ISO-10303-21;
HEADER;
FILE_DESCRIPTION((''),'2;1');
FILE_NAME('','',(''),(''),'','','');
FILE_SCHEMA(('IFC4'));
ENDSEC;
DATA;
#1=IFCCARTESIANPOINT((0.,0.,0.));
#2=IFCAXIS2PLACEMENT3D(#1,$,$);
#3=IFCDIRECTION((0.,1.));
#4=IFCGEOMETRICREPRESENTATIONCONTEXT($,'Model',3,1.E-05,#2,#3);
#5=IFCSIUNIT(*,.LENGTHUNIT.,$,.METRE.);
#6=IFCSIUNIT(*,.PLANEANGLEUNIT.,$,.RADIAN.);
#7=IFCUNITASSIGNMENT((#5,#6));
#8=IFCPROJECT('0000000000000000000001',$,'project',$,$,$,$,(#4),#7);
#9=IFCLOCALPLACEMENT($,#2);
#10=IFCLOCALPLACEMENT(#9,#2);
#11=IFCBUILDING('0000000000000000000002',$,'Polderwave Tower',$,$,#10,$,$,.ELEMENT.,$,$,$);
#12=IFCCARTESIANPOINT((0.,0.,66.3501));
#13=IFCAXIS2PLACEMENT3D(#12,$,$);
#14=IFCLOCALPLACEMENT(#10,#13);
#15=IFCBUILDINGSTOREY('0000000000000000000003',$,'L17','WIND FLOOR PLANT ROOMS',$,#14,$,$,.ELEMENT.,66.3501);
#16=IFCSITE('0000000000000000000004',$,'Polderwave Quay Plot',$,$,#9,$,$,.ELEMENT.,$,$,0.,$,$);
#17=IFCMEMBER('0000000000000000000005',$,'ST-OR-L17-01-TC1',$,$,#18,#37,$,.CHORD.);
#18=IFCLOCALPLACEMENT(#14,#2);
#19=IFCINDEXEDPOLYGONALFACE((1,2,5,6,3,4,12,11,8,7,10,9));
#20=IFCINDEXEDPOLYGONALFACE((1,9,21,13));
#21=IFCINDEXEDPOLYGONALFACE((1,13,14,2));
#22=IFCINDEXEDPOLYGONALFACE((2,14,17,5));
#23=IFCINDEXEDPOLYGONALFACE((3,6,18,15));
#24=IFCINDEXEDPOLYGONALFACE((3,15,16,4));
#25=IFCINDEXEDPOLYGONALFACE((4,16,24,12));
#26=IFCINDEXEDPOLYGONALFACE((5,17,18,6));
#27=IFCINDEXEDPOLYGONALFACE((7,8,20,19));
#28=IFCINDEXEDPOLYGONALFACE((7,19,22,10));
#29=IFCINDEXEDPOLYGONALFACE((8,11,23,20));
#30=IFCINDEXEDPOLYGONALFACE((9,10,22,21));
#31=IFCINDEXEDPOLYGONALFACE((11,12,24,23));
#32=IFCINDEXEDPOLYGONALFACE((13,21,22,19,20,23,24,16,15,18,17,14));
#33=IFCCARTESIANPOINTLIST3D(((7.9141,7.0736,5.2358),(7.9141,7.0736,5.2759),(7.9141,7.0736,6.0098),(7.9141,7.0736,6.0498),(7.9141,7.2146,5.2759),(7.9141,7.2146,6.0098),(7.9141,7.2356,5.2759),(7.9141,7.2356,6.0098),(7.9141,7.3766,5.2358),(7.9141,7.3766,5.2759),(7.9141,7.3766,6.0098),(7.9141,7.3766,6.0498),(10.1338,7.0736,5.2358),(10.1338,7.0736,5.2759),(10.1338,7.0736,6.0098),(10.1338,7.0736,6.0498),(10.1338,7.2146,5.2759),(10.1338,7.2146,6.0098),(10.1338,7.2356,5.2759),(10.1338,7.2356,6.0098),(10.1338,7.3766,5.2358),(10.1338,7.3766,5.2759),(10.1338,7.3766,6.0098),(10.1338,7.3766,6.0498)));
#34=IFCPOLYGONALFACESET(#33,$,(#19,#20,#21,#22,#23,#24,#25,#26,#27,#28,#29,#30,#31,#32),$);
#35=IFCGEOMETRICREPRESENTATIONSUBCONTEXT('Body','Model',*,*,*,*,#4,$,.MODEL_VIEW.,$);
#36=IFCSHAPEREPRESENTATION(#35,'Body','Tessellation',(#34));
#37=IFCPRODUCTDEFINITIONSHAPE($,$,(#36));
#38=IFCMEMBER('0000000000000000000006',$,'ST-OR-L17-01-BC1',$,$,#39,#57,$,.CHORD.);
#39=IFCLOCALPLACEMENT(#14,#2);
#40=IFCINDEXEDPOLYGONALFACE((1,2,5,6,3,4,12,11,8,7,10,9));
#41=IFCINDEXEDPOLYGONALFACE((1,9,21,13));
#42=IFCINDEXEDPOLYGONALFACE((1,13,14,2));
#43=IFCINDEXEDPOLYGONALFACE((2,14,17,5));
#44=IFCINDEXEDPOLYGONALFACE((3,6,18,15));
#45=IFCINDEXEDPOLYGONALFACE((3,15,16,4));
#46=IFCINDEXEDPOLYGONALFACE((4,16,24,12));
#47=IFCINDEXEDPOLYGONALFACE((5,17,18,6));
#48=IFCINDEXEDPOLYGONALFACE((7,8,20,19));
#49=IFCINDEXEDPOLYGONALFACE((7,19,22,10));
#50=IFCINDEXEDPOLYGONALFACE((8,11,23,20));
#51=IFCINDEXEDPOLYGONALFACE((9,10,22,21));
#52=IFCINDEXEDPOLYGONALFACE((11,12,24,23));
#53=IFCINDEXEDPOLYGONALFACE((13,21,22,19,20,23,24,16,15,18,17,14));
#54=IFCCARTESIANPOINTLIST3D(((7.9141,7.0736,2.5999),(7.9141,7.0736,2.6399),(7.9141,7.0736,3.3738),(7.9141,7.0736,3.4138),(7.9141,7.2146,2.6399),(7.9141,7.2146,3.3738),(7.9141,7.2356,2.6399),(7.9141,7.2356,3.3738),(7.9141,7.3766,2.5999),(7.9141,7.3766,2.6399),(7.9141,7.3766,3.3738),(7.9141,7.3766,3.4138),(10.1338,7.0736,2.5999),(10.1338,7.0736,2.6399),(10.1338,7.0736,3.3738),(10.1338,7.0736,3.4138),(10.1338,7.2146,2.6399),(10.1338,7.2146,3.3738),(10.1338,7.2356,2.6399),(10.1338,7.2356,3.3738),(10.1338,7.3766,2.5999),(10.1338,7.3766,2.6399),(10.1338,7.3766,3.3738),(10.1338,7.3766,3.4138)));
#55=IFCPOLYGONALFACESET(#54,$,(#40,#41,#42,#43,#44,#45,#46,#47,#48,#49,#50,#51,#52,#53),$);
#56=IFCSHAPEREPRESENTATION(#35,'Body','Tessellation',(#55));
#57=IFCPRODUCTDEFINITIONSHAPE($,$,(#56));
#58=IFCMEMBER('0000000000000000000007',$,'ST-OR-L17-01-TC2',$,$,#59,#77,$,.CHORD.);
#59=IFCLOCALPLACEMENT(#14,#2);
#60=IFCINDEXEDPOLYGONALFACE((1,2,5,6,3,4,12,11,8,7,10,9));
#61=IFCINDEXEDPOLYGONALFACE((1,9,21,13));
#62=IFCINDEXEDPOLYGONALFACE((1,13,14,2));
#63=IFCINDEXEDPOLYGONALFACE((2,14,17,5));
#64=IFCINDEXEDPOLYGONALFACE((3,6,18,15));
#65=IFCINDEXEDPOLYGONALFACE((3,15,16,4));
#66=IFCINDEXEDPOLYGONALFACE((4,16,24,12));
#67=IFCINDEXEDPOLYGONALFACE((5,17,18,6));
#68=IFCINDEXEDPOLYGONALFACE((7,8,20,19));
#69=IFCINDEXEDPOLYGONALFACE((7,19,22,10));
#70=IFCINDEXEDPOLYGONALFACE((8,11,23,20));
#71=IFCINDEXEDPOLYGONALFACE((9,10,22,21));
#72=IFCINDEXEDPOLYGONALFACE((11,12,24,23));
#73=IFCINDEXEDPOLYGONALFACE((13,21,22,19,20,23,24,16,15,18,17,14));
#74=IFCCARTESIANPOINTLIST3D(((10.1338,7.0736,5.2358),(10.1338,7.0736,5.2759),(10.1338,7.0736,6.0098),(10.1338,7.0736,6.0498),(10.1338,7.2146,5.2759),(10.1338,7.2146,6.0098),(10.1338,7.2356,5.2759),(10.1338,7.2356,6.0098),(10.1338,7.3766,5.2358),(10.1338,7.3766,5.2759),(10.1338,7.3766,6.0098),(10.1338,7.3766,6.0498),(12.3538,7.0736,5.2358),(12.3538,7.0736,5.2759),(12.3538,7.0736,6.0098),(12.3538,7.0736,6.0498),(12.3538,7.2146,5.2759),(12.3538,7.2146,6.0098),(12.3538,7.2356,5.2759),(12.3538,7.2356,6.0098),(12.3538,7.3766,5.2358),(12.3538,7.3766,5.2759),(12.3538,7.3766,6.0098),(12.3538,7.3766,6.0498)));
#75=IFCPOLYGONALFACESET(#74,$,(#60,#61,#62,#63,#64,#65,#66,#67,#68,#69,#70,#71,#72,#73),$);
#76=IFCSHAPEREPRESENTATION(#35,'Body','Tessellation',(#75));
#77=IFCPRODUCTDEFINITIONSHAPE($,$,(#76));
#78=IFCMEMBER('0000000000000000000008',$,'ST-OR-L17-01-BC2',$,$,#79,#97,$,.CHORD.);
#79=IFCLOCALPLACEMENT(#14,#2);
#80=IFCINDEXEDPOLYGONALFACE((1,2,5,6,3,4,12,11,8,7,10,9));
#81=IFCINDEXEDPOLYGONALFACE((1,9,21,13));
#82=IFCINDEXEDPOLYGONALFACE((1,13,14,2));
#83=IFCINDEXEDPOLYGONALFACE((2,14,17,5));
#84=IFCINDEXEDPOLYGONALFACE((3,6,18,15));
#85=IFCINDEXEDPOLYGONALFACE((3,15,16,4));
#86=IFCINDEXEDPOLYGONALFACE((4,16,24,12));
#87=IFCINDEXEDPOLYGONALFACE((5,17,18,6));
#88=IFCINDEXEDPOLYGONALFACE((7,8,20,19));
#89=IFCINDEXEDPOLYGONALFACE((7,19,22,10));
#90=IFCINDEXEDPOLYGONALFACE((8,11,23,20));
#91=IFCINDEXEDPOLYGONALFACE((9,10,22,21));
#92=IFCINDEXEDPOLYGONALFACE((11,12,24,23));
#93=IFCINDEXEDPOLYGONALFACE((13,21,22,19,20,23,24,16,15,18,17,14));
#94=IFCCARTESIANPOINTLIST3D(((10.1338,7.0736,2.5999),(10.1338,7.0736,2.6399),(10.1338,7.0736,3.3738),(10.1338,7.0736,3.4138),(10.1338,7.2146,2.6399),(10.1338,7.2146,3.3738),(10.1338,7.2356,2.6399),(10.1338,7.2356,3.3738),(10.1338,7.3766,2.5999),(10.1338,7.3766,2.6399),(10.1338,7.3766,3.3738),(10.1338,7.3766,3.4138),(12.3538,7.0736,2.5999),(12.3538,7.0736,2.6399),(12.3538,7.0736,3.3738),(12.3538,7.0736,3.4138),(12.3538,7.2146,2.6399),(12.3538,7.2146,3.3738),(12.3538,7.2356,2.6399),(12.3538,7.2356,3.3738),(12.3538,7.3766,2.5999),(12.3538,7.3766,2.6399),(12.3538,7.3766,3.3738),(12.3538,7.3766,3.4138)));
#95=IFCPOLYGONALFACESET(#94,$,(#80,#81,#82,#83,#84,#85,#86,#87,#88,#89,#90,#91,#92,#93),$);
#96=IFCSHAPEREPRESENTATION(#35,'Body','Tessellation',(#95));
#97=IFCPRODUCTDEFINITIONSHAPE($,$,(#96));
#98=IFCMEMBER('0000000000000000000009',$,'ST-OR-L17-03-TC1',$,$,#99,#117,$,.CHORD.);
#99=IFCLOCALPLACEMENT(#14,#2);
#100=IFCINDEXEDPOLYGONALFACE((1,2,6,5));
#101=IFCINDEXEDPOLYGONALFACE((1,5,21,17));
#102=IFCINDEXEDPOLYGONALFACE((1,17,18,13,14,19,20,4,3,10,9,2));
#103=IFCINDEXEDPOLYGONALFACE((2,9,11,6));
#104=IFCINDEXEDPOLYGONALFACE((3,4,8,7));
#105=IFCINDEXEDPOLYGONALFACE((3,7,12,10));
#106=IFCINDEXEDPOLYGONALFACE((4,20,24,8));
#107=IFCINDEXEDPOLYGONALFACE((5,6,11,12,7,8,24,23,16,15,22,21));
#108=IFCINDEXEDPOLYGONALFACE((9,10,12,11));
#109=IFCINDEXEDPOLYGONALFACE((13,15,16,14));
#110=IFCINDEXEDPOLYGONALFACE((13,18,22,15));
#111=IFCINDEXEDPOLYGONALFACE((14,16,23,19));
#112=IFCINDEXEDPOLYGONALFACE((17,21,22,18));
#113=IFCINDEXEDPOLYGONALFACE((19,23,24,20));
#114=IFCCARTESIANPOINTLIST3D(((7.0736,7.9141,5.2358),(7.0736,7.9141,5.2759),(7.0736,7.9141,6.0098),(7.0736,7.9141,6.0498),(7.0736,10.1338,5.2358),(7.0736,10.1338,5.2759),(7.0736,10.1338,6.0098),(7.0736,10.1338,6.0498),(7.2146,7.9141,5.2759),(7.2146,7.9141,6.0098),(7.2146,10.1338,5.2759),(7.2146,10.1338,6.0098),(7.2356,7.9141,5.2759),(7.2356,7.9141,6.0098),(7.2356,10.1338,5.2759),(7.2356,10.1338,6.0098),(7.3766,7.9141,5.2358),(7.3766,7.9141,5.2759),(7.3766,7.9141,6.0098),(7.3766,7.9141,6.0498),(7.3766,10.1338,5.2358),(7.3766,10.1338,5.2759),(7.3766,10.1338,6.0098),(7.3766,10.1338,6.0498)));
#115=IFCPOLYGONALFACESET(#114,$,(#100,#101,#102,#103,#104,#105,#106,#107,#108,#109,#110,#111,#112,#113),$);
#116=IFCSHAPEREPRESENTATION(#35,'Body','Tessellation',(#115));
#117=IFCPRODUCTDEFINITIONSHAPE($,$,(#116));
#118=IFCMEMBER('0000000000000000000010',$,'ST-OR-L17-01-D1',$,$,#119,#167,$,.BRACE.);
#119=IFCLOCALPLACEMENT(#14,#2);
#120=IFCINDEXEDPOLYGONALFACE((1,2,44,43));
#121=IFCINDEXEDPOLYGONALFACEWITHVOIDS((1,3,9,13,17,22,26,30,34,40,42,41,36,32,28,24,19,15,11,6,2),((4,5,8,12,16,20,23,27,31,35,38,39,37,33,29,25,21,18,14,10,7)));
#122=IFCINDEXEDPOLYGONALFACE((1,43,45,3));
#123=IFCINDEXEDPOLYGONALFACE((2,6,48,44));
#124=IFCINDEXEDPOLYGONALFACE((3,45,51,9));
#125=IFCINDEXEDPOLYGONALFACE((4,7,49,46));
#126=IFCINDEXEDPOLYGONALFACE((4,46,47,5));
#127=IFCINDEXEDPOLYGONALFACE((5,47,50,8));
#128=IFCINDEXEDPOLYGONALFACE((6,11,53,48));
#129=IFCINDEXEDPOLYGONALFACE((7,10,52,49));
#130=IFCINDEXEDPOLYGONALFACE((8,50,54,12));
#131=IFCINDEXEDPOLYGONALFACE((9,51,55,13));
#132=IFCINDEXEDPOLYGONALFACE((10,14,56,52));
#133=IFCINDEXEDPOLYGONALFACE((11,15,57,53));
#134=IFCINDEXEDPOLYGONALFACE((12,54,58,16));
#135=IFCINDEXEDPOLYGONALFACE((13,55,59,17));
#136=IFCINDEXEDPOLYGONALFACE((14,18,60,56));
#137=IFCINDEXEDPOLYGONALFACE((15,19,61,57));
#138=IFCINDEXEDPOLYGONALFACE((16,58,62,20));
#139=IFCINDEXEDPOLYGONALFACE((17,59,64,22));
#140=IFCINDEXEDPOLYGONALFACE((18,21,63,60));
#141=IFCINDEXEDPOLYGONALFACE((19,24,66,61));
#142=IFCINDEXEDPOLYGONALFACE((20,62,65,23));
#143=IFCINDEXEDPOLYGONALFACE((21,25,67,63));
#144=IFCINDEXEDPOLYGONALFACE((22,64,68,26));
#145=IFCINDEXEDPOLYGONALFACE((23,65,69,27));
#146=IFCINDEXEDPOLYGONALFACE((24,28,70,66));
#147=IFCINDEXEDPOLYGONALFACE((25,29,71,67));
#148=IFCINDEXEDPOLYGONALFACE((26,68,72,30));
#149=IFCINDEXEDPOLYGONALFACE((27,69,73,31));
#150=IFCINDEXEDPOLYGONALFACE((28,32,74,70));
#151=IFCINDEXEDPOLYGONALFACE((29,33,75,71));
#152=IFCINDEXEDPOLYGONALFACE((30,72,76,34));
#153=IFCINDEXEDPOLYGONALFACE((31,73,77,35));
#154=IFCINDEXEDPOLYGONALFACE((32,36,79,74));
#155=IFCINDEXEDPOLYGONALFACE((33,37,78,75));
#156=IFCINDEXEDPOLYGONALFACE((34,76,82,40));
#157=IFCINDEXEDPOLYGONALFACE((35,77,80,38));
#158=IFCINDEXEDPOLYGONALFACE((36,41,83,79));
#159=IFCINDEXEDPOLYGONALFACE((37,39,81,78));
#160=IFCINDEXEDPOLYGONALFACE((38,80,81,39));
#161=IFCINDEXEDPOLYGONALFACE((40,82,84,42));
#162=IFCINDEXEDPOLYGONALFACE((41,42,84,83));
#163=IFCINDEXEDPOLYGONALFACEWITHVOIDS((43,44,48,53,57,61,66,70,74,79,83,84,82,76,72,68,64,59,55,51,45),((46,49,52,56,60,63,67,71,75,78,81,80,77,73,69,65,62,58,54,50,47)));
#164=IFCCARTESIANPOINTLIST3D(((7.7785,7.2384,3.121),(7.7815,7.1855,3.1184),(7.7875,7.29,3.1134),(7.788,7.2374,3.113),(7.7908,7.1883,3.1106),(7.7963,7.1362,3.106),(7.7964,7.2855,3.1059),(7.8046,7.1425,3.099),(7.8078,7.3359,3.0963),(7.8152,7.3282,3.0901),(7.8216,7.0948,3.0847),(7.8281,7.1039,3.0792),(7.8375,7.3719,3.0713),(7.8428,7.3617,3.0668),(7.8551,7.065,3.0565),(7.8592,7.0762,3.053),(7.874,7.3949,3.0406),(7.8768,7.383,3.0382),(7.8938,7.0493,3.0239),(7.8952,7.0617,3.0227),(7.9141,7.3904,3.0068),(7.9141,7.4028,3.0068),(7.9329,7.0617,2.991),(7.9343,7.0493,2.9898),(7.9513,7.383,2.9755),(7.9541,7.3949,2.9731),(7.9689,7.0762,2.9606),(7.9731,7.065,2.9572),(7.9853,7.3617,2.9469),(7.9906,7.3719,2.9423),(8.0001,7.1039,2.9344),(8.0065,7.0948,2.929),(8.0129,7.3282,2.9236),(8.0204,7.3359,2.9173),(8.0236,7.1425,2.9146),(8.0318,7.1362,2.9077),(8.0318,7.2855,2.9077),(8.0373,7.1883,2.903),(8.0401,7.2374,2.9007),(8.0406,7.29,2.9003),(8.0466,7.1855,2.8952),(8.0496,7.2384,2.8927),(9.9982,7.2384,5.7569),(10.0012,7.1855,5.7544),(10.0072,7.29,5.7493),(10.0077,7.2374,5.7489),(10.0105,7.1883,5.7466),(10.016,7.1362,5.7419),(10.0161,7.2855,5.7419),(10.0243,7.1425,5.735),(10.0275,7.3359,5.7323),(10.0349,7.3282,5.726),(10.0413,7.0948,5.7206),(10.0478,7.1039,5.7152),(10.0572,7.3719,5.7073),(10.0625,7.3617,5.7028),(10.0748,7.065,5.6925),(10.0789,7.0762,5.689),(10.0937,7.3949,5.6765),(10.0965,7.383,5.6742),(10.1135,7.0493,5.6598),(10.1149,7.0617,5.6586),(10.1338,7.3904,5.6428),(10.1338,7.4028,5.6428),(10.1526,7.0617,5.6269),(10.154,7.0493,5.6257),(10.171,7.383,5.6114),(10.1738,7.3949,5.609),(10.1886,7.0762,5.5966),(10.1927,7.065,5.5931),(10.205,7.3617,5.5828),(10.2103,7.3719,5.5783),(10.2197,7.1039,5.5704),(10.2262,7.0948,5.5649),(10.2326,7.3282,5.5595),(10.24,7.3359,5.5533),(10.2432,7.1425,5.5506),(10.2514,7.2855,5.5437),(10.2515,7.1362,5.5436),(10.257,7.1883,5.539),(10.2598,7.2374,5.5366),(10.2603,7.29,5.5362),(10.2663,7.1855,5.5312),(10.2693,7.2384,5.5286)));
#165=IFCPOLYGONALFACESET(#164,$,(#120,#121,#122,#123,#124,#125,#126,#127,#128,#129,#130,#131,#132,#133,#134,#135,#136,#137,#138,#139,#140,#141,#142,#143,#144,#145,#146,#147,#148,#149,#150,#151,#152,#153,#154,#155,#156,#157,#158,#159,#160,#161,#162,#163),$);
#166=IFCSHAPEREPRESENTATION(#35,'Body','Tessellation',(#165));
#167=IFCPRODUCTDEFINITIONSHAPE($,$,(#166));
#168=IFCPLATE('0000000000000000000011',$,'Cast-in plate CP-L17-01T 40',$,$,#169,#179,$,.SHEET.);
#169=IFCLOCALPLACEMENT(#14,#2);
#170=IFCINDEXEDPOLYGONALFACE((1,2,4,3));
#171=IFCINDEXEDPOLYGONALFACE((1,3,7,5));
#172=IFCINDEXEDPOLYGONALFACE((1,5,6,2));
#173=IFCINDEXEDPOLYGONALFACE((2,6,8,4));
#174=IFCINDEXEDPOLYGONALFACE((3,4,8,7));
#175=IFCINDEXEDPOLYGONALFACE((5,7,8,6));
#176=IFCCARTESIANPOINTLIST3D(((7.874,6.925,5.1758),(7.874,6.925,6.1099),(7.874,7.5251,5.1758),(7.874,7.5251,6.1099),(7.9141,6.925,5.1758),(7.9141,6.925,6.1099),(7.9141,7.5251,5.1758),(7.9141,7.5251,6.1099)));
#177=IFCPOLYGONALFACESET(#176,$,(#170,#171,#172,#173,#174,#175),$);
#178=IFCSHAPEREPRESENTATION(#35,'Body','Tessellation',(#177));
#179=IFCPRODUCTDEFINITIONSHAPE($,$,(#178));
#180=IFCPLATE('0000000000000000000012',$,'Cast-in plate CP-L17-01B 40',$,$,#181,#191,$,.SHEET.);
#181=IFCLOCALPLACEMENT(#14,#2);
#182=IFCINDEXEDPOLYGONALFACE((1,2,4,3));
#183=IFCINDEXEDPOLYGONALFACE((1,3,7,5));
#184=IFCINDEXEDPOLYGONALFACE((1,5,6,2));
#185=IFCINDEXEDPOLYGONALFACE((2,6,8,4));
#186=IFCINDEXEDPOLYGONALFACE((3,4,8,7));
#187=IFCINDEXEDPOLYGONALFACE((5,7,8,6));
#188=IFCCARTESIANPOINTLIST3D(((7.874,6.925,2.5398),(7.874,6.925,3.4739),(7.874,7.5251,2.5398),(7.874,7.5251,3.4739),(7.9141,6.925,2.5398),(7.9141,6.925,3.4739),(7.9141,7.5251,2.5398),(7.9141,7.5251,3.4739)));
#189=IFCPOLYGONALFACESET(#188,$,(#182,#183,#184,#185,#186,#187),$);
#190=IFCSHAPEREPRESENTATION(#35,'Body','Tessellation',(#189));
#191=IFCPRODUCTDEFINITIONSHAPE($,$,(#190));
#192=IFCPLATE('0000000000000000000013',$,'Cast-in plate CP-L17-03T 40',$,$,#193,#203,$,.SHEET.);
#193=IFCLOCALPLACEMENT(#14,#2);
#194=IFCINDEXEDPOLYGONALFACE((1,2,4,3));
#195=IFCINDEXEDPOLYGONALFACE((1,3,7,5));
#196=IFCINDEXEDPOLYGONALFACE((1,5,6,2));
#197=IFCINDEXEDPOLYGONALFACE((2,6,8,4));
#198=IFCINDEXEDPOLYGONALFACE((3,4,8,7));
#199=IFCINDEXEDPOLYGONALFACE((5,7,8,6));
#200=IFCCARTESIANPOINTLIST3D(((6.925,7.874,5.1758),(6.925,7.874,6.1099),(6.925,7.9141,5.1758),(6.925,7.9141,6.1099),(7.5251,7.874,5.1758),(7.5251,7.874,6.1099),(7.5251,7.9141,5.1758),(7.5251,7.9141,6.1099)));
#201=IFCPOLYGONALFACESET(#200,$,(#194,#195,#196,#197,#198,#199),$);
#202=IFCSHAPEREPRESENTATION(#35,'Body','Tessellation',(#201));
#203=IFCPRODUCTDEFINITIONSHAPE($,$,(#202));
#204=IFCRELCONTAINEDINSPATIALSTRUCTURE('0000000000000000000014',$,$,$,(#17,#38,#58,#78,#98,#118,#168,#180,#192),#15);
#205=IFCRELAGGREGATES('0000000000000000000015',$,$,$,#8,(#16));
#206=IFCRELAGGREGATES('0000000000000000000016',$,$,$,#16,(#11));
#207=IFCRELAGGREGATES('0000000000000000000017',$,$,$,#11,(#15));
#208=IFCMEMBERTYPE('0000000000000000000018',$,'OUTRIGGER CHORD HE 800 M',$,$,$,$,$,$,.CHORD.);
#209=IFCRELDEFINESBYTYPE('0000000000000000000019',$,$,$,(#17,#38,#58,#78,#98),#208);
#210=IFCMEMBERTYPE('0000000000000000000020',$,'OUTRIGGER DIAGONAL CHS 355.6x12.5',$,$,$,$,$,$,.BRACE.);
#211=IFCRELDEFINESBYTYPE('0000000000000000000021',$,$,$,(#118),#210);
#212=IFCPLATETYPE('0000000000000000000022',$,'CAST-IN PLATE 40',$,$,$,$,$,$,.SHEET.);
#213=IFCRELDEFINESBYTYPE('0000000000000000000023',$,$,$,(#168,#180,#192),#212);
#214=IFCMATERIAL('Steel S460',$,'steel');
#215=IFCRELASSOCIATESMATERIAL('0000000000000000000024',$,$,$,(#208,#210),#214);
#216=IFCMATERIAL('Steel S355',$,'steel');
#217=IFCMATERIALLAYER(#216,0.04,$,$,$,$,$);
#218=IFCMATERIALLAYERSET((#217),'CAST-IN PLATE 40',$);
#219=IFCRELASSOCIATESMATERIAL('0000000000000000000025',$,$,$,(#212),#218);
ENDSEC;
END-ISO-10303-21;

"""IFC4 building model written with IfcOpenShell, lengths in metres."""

from ifc_helpers import new_model, si_unit, direction, frame, origin, origin_2d, place, context, subcontext, project, spatial, rectangle, hollow_circle, i_section, extrude, material, layer, layer_set, material_profile, profile_set, type_object, element, save


model = new_model("IFC4")

# Units and contexts
model_context = context("Model", 3, precision=1e-05, world=origin(), true_north=direction((0.0, 1.0)))
body_context = subcontext(model_context, "Body", "Model", "MODEL_VIEW")
ifc_project = project(units=[si_unit("LENGTHUNIT", "METRE"), si_unit("PLANEANGLEUNIT", "RADIAN")], contexts=[model_context])

# Site, building, storey
site_placement = place(None, origin())
site = spatial("IfcSite", under=ifc_project, at=site_placement, Name="Polderwave Quay Plot", CompositionType="ELEMENT", RefElevation=0.0)
building_placement = place(site_placement, origin())
building = spatial("IfcBuilding", under=site, at=building_placement, Name="Polderwave Tower", CompositionType="ELEMENT")
storey_placement = place(building_placement, frame((0.0, 0.0, 66.3501)))
storey = spatial("IfcBuildingStorey", under=building, at=storey_placement, Name="L17", Description="WIND FLOOR PLANT ROOMS", CompositionType="ELEMENT", Elevation=66.3501)

# Members
ifc_material_1 = material(Name="Steel S460", Category="steel")
ifc_material_profile_1 = material_profile(ifc_material_1, i_section(OverallWidth=0.303, OverallDepth=0.814, WebThickness=0.021, FlangeThickness=0.04, at=origin_2d()), Name="HE 800 M")
ifc_profile_set_1 = profile_set([ifc_material_profile_1], Name="Steel S460")
member_type_1 = type_object("IfcMemberType", Name="OUTRIGGER CHORD HE 800 M", PredefinedType="CHORD", material=ifc_profile_set_1)
for number, where, z_axis, x_axis, name in (
    (1, (7.9141, 7.2251, 5.6428), (1.0, 0.0, 0.0), (0.0, 1.0, 0.0), "ST-OR-L17-01-TC1"),
    (2, (7.9141, 7.2251, 3.0068), (1.0, 0.0, 0.0), (0.0, 1.0, 0.0), "ST-OR-L17-01-BC1"),
):
    element("IfcMember", number, at=place(storey_placement, frame(where, z_axis=z_axis, x_axis=x_axis)), inside=storey, type_object=member_type_1, Name=name, PredefinedType="CHORD", context=body_context, shape_type="SweptSolid", body=[
        extrude(i_section(OverallWidth=0.303, OverallDepth=0.814, WebThickness=0.021, FlangeThickness=0.04, at=origin_2d()), origin(), (0.0, 0.0, 1.0), 2.2197),
    ])
for number, where, z_axis, x_axis, name in (
    (3, (10.1338, 7.2251, 5.6428), (1.0, 0.0, 0.0), (0.0, 1.0, 0.0), "ST-OR-L17-01-TC2"),
    (4, (10.1338, 7.2251, 3.0068), (1.0, 0.0, 0.0), (0.0, 1.0, 0.0), "ST-OR-L17-01-BC2"),
):
    element("IfcMember", number, at=place(storey_placement, frame(where, z_axis=z_axis, x_axis=x_axis)), inside=storey, type_object=member_type_1, Name=name, PredefinedType="CHORD", context=body_context, shape_type="SweptSolid", body=[
        extrude(i_section(OverallWidth=0.303, OverallDepth=0.814, WebThickness=0.021, FlangeThickness=0.04, at=origin_2d()), origin(), (0.0, 0.0, 1.0), 2.22),
    ])
member_1_placement = place(storey_placement, frame((7.2251, 7.9141, 5.6428), z_axis=(0.0, 1.0, 0.0), x_axis=(-1.0, 0.0, 0.0)))
element("IfcMember", 5, at=member_1_placement, inside=storey, type_object=member_type_1, Name="ST-OR-L17-03-TC1", PredefinedType="CHORD", context=body_context, shape_type="SweptSolid", body=[
    extrude(i_section(OverallWidth=0.303, OverallDepth=0.814, WebThickness=0.021, FlangeThickness=0.04, at=origin_2d()), origin(), (0.0, 0.0, 1.0), 2.2197),
])
ifc_material_profile_2 = material_profile(ifc_material_1, hollow_circle(Radius=0.1777, WallThickness=0.0125, at=origin_2d()), Name="CHS 355.6x12.5")
ifc_profile_set_2 = profile_set([ifc_material_profile_2], Name="Steel S460")
member_type_2 = type_object("IfcMemberType", Name="OUTRIGGER DIAGONAL CHS 355.6x12.5", PredefinedType="BRACE", material=ifc_profile_set_2)
member_2_placement = place(storey_placement, frame((7.9141, 7.2251, 3.0068), z_axis=(0.644127, 0.0, 0.764919), x_axis=(0.0, 1.0, 0.0)))
element("IfcMember", 6, at=member_2_placement, inside=storey, type_object=member_type_2, Name="ST-OR-L17-01-D1", PredefinedType="BRACE", context=body_context, shape_type="SweptSolid", body=[
    extrude(hollow_circle(Radius=0.1777, WallThickness=0.0125, at=origin_2d()), origin(), (0.0, 0.0, 1.0), 3.446),
])

# Plates
ifc_material_2 = material(Name="Steel S355", Category="steel")
ifc_layer_1 = layer(ifc_material_2, 0.04)
ifc_layer_set_1 = layer_set([ifc_layer_1], Name="CAST-IN PLATE 40")
plate_type = type_object("IfcPlateType", Name="CAST-IN PLATE 40", PredefinedType="SHEET", material=ifc_layer_set_1)
for number, where, z_axis, x_axis, name in (
    (7, (7.894, 7.2251, 5.1758), (0.0, 0.0, 1.0), (1.0, 0.0, 0.0), "Cast-in plate CP-L17-01T 40"),
    (8, (7.894, 7.2251, 2.5398), (0.0, 0.0, 1.0), (1.0, 0.0, 0.0), "Cast-in plate CP-L17-01B 40"),
    (9, (7.2251, 7.894, 5.1758), (0.0, 0.0, 1.0), (0.0, 1.0, 0.0), "Cast-in plate CP-L17-03T 40"),
):
    element("IfcPlate", number, at=place(storey_placement, frame(where, z_axis=z_axis, x_axis=x_axis)), inside=storey, type_object=plate_type, Name=name, PredefinedType="SHEET", context=body_context, shape_type="SweptSolid", body=[
        extrude(rectangle(XDim=0.04, YDim=0.6001, at=origin_2d()), origin(), (0.0, 0.0, 1.0), 0.9341),
    ])

save(model, "model.ifc")
